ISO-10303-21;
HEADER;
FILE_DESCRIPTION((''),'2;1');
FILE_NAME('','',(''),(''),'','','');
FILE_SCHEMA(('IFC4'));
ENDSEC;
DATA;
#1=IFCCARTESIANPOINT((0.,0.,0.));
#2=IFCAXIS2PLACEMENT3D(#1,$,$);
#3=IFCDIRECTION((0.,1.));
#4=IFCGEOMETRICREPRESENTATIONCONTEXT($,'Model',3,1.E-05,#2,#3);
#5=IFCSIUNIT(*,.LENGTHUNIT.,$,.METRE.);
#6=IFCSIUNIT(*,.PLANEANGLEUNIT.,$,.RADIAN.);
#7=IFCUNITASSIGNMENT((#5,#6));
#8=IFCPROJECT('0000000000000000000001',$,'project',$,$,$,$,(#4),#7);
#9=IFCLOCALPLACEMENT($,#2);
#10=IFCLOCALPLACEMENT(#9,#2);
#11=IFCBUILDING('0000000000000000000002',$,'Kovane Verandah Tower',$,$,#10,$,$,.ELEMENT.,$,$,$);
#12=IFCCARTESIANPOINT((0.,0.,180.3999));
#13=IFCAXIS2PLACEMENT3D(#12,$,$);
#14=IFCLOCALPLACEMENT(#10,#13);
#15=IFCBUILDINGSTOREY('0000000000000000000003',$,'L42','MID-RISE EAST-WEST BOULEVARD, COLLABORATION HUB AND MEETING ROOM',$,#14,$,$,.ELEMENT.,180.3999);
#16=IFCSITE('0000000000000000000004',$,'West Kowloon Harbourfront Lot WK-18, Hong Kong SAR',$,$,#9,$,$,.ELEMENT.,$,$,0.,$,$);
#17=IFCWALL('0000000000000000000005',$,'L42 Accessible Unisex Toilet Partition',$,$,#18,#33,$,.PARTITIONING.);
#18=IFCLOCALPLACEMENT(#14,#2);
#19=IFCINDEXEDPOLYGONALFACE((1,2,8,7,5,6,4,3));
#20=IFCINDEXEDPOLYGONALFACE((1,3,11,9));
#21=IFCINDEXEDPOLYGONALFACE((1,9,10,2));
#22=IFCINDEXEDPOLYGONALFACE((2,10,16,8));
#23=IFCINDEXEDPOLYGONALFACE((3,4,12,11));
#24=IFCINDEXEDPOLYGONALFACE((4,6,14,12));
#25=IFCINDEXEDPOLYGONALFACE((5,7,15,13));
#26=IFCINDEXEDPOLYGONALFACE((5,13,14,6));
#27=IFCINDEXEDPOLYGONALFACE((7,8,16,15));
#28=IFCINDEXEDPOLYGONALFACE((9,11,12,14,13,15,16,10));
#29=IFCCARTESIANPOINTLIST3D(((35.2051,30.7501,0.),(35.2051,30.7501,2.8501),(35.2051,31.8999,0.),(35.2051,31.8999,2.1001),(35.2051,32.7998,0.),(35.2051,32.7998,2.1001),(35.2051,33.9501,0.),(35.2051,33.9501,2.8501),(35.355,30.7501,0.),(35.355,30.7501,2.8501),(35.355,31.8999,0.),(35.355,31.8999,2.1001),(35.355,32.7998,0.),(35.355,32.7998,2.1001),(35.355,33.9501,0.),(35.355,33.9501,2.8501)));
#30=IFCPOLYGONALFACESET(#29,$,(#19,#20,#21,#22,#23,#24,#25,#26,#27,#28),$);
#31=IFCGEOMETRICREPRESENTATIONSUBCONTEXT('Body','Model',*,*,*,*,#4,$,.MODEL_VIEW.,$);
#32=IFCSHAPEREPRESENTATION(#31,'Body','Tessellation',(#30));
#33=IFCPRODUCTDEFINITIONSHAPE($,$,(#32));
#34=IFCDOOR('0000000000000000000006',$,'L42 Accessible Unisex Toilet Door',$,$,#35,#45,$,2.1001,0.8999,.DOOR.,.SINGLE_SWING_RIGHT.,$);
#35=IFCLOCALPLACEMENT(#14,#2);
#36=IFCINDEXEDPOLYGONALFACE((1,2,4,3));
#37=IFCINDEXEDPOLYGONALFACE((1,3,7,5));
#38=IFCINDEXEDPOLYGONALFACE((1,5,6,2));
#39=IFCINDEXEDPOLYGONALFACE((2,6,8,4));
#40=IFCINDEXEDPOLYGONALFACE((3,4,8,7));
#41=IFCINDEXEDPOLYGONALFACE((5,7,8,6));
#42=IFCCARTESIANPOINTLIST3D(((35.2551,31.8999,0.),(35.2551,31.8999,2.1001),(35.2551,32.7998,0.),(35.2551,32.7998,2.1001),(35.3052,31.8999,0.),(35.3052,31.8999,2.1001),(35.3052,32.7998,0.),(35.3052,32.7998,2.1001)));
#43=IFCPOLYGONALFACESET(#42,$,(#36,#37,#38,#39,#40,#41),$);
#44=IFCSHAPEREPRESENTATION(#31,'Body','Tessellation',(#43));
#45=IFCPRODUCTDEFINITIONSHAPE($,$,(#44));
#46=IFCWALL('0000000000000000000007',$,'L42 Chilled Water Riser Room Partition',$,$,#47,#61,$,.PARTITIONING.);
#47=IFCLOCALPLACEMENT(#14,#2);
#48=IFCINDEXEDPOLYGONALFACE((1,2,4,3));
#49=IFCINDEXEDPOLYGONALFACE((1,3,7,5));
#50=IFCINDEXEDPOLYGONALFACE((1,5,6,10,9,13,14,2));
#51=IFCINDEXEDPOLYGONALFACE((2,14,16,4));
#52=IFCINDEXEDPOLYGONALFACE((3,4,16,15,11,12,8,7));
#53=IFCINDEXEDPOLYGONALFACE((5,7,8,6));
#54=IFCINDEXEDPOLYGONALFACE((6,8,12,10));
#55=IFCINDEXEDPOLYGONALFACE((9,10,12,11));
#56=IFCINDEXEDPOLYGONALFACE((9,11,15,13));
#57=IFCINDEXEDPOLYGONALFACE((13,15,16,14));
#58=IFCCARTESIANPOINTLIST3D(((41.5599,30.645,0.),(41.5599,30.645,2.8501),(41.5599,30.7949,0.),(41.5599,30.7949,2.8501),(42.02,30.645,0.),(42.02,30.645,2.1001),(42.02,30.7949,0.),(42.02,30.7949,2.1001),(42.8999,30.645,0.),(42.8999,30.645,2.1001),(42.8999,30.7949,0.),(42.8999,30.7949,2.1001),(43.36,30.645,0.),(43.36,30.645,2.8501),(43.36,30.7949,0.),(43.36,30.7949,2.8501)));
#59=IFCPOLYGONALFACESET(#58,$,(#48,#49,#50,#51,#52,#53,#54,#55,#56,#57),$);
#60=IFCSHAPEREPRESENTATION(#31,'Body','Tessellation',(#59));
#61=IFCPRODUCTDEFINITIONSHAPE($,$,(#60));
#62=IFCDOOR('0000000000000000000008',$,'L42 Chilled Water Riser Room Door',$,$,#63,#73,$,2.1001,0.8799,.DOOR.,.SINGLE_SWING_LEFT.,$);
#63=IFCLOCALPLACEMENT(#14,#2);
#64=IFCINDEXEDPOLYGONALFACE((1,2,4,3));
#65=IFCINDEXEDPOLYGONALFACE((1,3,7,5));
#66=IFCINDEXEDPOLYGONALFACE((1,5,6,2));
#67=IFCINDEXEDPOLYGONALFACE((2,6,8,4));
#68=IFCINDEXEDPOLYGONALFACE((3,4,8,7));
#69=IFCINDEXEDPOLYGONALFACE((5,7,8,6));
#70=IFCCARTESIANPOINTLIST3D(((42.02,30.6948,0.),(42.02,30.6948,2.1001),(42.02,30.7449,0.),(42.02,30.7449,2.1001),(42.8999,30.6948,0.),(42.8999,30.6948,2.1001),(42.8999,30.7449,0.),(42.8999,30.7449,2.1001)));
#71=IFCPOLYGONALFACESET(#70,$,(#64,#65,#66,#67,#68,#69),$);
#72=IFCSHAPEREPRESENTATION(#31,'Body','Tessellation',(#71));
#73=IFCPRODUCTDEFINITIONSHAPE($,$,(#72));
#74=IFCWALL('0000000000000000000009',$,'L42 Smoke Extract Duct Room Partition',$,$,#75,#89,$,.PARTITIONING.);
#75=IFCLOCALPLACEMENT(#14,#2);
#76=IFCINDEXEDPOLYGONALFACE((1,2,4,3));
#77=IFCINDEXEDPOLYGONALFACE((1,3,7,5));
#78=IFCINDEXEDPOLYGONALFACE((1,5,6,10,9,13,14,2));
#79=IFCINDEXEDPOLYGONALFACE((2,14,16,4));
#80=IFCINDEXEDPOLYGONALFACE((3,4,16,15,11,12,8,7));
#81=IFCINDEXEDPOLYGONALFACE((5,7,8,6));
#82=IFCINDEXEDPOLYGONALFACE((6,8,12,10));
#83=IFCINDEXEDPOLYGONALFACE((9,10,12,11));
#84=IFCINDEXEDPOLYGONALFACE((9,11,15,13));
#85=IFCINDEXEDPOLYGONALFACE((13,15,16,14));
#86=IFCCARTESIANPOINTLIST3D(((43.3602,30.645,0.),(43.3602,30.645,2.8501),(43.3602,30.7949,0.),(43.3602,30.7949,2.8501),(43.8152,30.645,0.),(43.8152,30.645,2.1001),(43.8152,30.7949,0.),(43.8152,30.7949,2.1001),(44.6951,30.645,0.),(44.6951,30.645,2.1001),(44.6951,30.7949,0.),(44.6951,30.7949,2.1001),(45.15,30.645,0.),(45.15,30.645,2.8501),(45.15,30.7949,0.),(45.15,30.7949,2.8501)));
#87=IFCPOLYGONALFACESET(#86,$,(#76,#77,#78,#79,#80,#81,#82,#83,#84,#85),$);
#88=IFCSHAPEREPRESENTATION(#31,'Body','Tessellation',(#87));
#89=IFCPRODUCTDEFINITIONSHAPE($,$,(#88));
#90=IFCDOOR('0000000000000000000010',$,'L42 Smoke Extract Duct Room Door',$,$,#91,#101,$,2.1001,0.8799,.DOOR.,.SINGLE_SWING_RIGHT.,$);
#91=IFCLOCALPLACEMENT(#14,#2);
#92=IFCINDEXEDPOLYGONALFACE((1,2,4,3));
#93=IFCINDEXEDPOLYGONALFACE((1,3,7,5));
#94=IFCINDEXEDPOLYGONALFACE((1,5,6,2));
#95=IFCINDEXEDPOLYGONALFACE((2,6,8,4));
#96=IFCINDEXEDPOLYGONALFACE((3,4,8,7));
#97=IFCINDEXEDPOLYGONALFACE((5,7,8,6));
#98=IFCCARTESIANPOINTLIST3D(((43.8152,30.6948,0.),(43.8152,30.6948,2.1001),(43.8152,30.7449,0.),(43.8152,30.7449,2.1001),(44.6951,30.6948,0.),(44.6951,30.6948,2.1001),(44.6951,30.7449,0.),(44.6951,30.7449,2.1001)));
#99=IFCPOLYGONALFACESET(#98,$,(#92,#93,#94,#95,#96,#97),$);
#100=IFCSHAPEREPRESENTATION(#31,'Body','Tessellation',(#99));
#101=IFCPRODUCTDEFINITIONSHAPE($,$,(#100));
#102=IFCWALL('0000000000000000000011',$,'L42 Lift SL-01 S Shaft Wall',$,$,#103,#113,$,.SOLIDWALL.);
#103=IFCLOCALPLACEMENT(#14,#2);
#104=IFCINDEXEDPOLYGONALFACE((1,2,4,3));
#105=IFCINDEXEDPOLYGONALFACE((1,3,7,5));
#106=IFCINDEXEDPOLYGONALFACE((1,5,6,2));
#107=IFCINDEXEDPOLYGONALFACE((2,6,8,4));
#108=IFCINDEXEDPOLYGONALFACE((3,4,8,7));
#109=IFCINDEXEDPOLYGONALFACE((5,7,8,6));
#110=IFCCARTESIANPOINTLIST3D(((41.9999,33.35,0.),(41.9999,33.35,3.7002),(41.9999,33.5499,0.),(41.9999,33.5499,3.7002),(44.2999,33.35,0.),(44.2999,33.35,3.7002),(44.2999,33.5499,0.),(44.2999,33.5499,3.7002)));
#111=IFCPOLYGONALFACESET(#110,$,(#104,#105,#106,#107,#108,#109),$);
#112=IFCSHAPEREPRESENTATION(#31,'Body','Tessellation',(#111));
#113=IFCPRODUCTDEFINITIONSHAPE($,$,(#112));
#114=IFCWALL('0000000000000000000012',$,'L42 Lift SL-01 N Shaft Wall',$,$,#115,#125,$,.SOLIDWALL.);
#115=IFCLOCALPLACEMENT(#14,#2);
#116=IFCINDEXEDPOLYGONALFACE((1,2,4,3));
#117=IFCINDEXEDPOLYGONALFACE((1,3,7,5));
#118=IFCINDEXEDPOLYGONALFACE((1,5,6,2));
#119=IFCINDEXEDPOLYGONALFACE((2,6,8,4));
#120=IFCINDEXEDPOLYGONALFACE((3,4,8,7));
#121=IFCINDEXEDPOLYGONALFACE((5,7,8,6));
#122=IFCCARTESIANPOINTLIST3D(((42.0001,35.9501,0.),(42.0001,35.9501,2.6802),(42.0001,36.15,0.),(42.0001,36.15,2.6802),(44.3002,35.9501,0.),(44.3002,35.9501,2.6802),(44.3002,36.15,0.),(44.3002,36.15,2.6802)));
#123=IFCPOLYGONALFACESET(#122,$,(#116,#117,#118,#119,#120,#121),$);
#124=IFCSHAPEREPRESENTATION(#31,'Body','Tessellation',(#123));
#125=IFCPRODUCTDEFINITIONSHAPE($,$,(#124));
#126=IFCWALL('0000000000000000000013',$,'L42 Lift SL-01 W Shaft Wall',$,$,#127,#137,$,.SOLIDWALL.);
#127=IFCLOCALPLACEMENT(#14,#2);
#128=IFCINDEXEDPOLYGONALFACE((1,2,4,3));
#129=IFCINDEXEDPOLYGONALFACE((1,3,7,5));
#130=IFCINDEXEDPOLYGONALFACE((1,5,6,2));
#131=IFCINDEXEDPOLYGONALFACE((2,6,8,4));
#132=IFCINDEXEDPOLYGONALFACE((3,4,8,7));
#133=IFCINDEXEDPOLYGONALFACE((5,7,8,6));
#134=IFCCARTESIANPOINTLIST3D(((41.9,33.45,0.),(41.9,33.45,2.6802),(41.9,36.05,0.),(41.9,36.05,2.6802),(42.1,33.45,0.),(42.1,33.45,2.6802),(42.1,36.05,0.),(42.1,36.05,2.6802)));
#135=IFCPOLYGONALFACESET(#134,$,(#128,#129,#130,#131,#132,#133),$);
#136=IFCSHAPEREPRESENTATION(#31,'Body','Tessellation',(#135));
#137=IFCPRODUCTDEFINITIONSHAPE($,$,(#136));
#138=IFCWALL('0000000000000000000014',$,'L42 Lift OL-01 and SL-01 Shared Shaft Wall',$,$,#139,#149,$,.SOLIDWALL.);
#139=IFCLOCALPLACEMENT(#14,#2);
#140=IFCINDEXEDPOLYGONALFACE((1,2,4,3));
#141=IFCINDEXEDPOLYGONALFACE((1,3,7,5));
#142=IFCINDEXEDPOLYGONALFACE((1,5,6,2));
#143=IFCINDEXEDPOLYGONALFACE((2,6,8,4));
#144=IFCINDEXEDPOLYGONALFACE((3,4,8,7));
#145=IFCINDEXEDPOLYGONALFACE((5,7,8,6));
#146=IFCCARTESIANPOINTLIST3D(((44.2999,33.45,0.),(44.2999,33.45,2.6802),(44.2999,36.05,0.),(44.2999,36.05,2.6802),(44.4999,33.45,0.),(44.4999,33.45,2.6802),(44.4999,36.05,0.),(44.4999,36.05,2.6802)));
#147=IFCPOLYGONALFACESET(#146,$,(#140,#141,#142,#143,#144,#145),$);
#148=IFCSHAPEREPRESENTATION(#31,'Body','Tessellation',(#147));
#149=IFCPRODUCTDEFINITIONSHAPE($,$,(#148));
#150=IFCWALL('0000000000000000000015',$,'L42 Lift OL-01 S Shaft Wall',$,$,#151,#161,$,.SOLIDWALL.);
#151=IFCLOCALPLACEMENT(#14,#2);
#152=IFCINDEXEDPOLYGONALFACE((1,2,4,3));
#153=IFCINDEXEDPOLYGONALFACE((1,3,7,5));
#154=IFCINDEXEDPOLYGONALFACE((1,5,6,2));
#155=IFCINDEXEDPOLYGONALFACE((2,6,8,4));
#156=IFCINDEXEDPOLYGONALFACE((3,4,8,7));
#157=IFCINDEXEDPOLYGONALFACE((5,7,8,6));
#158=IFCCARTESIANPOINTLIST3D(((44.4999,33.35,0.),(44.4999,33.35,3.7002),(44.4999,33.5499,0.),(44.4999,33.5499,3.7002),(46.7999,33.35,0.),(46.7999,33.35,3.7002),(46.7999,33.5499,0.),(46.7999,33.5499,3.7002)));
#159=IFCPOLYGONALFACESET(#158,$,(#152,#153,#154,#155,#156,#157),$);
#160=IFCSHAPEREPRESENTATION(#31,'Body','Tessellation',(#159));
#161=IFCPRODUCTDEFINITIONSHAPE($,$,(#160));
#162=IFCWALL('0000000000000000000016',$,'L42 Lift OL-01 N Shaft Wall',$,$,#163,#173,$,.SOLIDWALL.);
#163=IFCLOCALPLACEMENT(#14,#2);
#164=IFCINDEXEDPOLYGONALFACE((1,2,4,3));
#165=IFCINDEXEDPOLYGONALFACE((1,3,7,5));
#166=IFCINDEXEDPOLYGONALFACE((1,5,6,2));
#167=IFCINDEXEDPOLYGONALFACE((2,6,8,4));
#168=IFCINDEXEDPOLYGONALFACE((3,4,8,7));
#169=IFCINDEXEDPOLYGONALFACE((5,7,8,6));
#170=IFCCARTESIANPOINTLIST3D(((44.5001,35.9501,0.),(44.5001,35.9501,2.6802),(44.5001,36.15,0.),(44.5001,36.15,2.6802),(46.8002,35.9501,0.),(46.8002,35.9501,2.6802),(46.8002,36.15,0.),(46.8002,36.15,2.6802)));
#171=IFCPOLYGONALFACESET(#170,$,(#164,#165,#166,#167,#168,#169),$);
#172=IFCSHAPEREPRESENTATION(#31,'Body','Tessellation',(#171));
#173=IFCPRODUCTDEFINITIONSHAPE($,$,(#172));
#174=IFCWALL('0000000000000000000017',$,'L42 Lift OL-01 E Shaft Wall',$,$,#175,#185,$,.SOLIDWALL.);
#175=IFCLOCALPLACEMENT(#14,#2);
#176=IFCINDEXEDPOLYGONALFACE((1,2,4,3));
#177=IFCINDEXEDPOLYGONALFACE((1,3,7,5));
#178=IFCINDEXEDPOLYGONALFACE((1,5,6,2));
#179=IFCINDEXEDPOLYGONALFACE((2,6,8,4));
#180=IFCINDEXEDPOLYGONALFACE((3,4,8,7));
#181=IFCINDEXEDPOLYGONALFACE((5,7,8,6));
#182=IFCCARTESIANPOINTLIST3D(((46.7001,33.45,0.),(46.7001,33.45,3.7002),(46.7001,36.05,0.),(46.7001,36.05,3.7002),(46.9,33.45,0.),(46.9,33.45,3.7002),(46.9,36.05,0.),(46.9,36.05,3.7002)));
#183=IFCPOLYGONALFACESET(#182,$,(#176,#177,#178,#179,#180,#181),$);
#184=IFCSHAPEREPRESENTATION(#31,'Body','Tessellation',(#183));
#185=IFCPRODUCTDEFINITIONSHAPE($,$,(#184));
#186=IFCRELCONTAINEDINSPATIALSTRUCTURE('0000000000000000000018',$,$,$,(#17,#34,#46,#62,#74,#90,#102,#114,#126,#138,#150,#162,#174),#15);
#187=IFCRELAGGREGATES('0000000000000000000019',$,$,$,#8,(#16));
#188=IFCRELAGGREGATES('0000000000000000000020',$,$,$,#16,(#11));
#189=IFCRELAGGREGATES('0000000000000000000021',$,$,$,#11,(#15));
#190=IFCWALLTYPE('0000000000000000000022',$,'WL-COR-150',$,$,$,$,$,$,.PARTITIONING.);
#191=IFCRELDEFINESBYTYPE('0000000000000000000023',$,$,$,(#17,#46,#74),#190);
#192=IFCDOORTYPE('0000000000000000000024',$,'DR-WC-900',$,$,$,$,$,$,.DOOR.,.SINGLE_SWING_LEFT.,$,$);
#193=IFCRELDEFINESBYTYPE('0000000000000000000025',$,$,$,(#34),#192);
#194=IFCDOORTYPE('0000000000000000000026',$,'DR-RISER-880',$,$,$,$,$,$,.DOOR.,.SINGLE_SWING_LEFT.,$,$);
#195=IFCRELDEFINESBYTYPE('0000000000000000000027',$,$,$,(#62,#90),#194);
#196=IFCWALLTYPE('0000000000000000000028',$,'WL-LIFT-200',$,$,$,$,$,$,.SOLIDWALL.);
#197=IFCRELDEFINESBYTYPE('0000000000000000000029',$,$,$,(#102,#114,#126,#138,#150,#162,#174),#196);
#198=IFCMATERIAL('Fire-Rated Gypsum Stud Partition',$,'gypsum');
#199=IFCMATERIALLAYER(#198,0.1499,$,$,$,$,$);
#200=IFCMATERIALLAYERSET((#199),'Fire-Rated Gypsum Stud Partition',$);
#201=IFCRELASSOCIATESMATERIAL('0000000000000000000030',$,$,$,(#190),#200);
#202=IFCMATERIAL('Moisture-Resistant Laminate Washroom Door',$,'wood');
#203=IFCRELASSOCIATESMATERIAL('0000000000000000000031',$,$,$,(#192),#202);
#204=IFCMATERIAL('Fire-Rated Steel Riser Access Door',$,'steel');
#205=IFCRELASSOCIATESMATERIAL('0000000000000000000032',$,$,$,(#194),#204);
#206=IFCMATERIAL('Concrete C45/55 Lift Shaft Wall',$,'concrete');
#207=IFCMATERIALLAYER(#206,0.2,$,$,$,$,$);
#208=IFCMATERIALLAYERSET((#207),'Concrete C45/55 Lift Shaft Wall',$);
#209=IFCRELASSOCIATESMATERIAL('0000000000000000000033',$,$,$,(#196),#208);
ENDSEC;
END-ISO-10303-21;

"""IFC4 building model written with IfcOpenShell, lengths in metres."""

from ifc_helpers import new_model, si_unit, direction, frame, frame_2d, origin, place, context, subcontext, project, spatial, rectangle, extrude, material, layer, layer_set, type_object, element, fill, save


model = new_model("IFC4")

# Units and contexts
model_context = context("Model", 3, precision=1e-05, world=origin(), true_north=direction((0.0, 1.0)))
body_context = subcontext(model_context, "Body", "Model", "MODEL_VIEW")
ifc_project = project(units=[si_unit("LENGTHUNIT", "METRE"), si_unit("PLANEANGLEUNIT", "RADIAN")], contexts=[model_context])

# Site, building, storey
site_placement = place(None, origin())
site = spatial("IfcSite", under=ifc_project, at=site_placement, Name="West Kowloon Harbourfront Lot WK-18, Hong Kong SAR", CompositionType="ELEMENT", RefElevation=0.0)
building_placement = place(site_placement, origin())
building = spatial("IfcBuilding", under=site, at=building_placement, Name="Kovane Verandah Tower", CompositionType="ELEMENT")
storey_placement = place(building_placement, frame((0.0, 0.0, 180.3999)))
storey = spatial("IfcBuildingStorey", under=building, at=storey_placement, Name="L42", Description="MID-RISE EAST-WEST BOULEVARD, COLLABORATION HUB AND MEETING ROOM", CompositionType="ELEMENT", Elevation=180.3999)

# Walls, openings, doors
ifc_material_1 = material(Name="Fire-Rated Gypsum Stud Partition", Category="gypsum")
ifc_layer_1 = layer(ifc_material_1, 0.1499)
ifc_layer_set_1 = layer_set([ifc_layer_1], Name="Fire-Rated Gypsum Stud Partition")
wall_type_1 = type_object("IfcWallType", Name="WL-COR-150", PredefinedType="PARTITIONING", material=ifc_layer_set_1)
wall_1_placement = place(storey_placement, frame((35.28, 30.75, 0.0), z_axis=(0.0, 0.0, 1.0), x_axis=(0.0, 1.0, 0.0)))
wall_1 = element("IfcWall", 1, at=wall_1_placement, inside=storey, type_object=wall_type_1, Name="L42 Accessible Unisex Toilet Partition", PredefinedType="PARTITIONING", context=body_context, shape_type="SweptSolid", body=[
    extrude(rectangle(XDim=3.2, YDim=0.1499, at=frame_2d((1.6001, 0.0))), origin(), (0.0, 0.0, 1.0), 2.8501),
])
opening_1_placement = place(wall_1_placement, frame((1.1499, 0.0, 0.0)))
opening_1 = element("IfcOpeningElement", 2, at=opening_1_placement, cuts=wall_1, PredefinedType="OPENING", context=body_context, shape_type="SweptSolid", body=[
    extrude(rectangle(XDim=0.8999, YDim=2.1001, at=frame_2d((0.45, 1.05))), frame((0.0, 0.075, 0.0), z_axis=(0.0, -1.0, 0.0), x_axis=(1.0, 0.0, 0.0)), (0.0, 0.0, 1.0), 0.1499),
])
ifc_material_2 = material(Name="Moisture-Resistant Laminate Washroom Door", Category="wood")
door_type_1 = type_object("IfcDoorType", Name="DR-WC-900", OperationType="SINGLE_SWING_LEFT", PredefinedType="DOOR", material=ifc_material_2)
door_1_placement = place(opening_1_placement, origin())
door_1 = element("IfcDoor", 3, at=door_1_placement, inside=storey, type_object=door_type_1, Name="L42 Accessible Unisex Toilet Door", OperationType="SINGLE_SWING_RIGHT", OverallHeight=2.1001, OverallWidth=0.8999, PredefinedType="DOOR", context=body_context, shape_type="SweptSolid", body=[
    extrude(rectangle(XDim=0.8999, YDim=2.1001, at=frame_2d((0.45, 1.05))), frame((0.0, 0.0249, 0.0), z_axis=(0.0, -1.0, 0.0), x_axis=(1.0, 0.0, 0.0)), (0.0, 0.0, 1.0), 0.05),
])
fill(opening_1, door_1)
wall_2_placement = place(storey_placement, frame((41.5601, 30.72, 0.0), z_axis=(0.0, 0.0, 1.0), x_axis=(1.0, 0.0, 0.0)))
wall_2 = element("IfcWall", 4, at=wall_2_placement, inside=storey, type_object=wall_type_1, Name="L42 Chilled Water Riser Room Partition", PredefinedType="PARTITIONING", context=body_context, shape_type="SweptSolid", body=[
    extrude(rectangle(XDim=1.8, YDim=0.1499, at=frame_2d((0.8999, 0.0))), origin(), (0.0, 0.0, 1.0), 2.8501),
])
opening_2_placement = place(wall_2_placement, frame((0.46, 0.0, 0.0)))
opening_2 = element("IfcOpeningElement", 5, at=opening_2_placement, cuts=wall_2, PredefinedType="OPENING", context=body_context, shape_type="SweptSolid", body=[
    extrude(rectangle(XDim=0.8799, YDim=2.1001, at=frame_2d((0.4399, 1.05))), frame((0.0, 0.075, 0.0), z_axis=(0.0, -1.0, 0.0), x_axis=(1.0, 0.0, 0.0)), (0.0, 0.0, 1.0), 0.1499),
])
ifc_material_3 = material(Name="Fire-Rated Steel Riser Access Door", Category="steel")
door_type_2 = type_object("IfcDoorType", Name="DR-RISER-880", OperationType="SINGLE_SWING_LEFT", PredefinedType="DOOR", material=ifc_material_3)
door_2_placement = place(opening_2_placement, origin())
door_2 = element("IfcDoor", 6, at=door_2_placement, inside=storey, type_object=door_type_2, Name="L42 Chilled Water Riser Room Door", OperationType="SINGLE_SWING_LEFT", OverallHeight=2.1001, OverallWidth=0.8799, PredefinedType="DOOR", context=body_context, shape_type="SweptSolid", body=[
    extrude(rectangle(XDim=0.8799, YDim=2.1001, at=frame_2d((0.4399, 1.05))), frame((0.0, 0.0249, 0.0), z_axis=(0.0, -1.0, 0.0), x_axis=(1.0, 0.0, 0.0)), (0.0, 0.0, 1.0), 0.05),
])
fill(opening_2, door_2)
wall_3_placement = place(storey_placement, frame((43.3601, 30.72, 0.0), z_axis=(0.0, 0.0, 1.0), x_axis=(1.0, 0.0, 0.0)))
wall_3 = element("IfcWall", 7, at=wall_3_placement, inside=storey, type_object=wall_type_1, Name="L42 Smoke Extract Duct Room Partition", PredefinedType="PARTITIONING", context=body_context, shape_type="SweptSolid", body=[
    extrude(rectangle(XDim=1.7898, YDim=0.1499, at=frame_2d((0.895, 0.0))), origin(), (0.0, 0.0, 1.0), 2.8501),
])
opening_3_placement = place(wall_3_placement, frame((0.4551, 0.0, 0.0)))
opening_3 = element("IfcOpeningElement", 8, at=opening_3_placement, cuts=wall_3, PredefinedType="OPENING", context=body_context, shape_type="SweptSolid", body=[
    extrude(rectangle(XDim=0.8799, YDim=2.1001, at=frame_2d((0.4399, 1.05))), frame((0.0, 0.075, 0.0), z_axis=(0.0, -1.0, 0.0), x_axis=(1.0, 0.0, 0.0)), (0.0, 0.0, 1.0), 0.1499),
])
door_3_placement = place(opening_3_placement, origin())
door_3 = element("IfcDoor", 9, at=door_3_placement, inside=storey, type_object=door_type_2, Name="L42 Smoke Extract Duct Room Door", OperationType="SINGLE_SWING_RIGHT", OverallHeight=2.1001, OverallWidth=0.8799, PredefinedType="DOOR", context=body_context, shape_type="SweptSolid", body=[
    extrude(rectangle(XDim=0.8799, YDim=2.1001, at=frame_2d((0.4399, 1.05))), frame((0.0, 0.0249, 0.0), z_axis=(0.0, -1.0, 0.0), x_axis=(1.0, 0.0, 0.0)), (0.0, 0.0, 1.0), 0.05),
])
fill(opening_3, door_3)

# Walls
ifc_material_4 = material(Name="Concrete C45/55 Lift Shaft Wall", Category="concrete")
ifc_layer_2 = layer(ifc_material_4, 0.2)
ifc_layer_set_2 = layer_set([ifc_layer_2], Name="Concrete C45/55 Lift Shaft Wall")
wall_type_2 = type_object("IfcWallType", Name="WL-LIFT-200", PredefinedType="SOLIDWALL", material=ifc_layer_set_2)
wall_4_placement = place(storey_placement, frame((42.0, 33.45, 0.0), z_axis=(0.0, 0.0, 1.0), x_axis=(1.0, 0.0, 0.0)))
element("IfcWall", 10, at=wall_4_placement, inside=storey, type_object=wall_type_2, Name="L42 Lift SL-01 S Shaft Wall", PredefinedType="SOLIDWALL", context=body_context, shape_type="SweptSolid", body=[
    extrude(rectangle(XDim=2.3, YDim=0.2, at=frame_2d((1.1499, 0.0))), origin(), (0.0, 0.0, 1.0), 3.7002),
])
wall_5_placement = place(storey_placement, frame((44.3, 36.05, 0.0), z_axis=(0.0, 0.0, 1.0), x_axis=(-1.0, 0.0, 0.0)))
element("IfcWall", 11, at=wall_5_placement, inside=storey, type_object=wall_type_2, Name="L42 Lift SL-01 N Shaft Wall", PredefinedType="SOLIDWALL", context=body_context, shape_type="SweptSolid", body=[
    extrude(rectangle(XDim=2.3, YDim=0.2, at=frame_2d((1.1499, 0.0))), origin(), (0.0, 0.0, 1.0), 2.6802),
])
for number, where, z_axis, x_axis, name in (
    (12, (42.0, 36.05, 0.0), (0.0, 0.0, 1.0), (0.0, -1.0, 0.0), "L42 Lift SL-01 W Shaft Wall"),
    (13, (44.3999, 33.45, 0.0), (0.0, 0.0, 1.0), (0.0, 1.0, 0.0), "L42 Lift OL-01 and SL-01 Shared Shaft Wall"),
):
    element("IfcWall", number, at=place(storey_placement, frame(where, z_axis=z_axis, x_axis=x_axis)), inside=storey, type_object=wall_type_2, Name=name, PredefinedType="SOLIDWALL", context=body_context, shape_type="SweptSolid", body=[
        extrude(rectangle(XDim=2.6001, YDim=0.2, at=frame_2d((1.3, 0.0))), origin(), (0.0, 0.0, 1.0), 2.6802),
    ])
wall_6_placement = place(storey_placement, frame((44.5, 33.45, 0.0), z_axis=(0.0, 0.0, 1.0), x_axis=(1.0, 0.0, 0.0)))
element("IfcWall", 14, at=wall_6_placement, inside=storey, type_object=wall_type_2, Name="L42 Lift OL-01 S Shaft Wall", PredefinedType="SOLIDWALL", context=body_context, shape_type="SweptSolid", body=[
    extrude(rectangle(XDim=2.3, YDim=0.2, at=frame_2d((1.1499, 0.0))), origin(), (0.0, 0.0, 1.0), 3.7002),
])
wall_7_placement = place(storey_placement, frame((46.8, 36.05, 0.0), z_axis=(0.0, 0.0, 1.0), x_axis=(-1.0, 0.0, 0.0)))
element("IfcWall", 15, at=wall_7_placement, inside=storey, type_object=wall_type_2, Name="L42 Lift OL-01 N Shaft Wall", PredefinedType="SOLIDWALL", context=body_context, shape_type="SweptSolid", body=[
    extrude(rectangle(XDim=2.3, YDim=0.2, at=frame_2d((1.1499, 0.0))), origin(), (0.0, 0.0, 1.0), 2.6802),
])
wall_8_placement = place(storey_placement, frame((46.8, 33.45, 0.0), z_axis=(0.0, 0.0, 1.0), x_axis=(0.0, 1.0, 0.0)))
element("IfcWall", 16, at=wall_8_placement, inside=storey, type_object=wall_type_2, Name="L42 Lift OL-01 E Shaft Wall", PredefinedType="SOLIDWALL", context=body_context, shape_type="SweptSolid", body=[
    extrude(rectangle(XDim=2.6001, YDim=0.2, at=frame_2d((1.3, 0.0))), origin(), (0.0, 0.0, 1.0), 3.7002),
])

save(model, "model.ifc")
